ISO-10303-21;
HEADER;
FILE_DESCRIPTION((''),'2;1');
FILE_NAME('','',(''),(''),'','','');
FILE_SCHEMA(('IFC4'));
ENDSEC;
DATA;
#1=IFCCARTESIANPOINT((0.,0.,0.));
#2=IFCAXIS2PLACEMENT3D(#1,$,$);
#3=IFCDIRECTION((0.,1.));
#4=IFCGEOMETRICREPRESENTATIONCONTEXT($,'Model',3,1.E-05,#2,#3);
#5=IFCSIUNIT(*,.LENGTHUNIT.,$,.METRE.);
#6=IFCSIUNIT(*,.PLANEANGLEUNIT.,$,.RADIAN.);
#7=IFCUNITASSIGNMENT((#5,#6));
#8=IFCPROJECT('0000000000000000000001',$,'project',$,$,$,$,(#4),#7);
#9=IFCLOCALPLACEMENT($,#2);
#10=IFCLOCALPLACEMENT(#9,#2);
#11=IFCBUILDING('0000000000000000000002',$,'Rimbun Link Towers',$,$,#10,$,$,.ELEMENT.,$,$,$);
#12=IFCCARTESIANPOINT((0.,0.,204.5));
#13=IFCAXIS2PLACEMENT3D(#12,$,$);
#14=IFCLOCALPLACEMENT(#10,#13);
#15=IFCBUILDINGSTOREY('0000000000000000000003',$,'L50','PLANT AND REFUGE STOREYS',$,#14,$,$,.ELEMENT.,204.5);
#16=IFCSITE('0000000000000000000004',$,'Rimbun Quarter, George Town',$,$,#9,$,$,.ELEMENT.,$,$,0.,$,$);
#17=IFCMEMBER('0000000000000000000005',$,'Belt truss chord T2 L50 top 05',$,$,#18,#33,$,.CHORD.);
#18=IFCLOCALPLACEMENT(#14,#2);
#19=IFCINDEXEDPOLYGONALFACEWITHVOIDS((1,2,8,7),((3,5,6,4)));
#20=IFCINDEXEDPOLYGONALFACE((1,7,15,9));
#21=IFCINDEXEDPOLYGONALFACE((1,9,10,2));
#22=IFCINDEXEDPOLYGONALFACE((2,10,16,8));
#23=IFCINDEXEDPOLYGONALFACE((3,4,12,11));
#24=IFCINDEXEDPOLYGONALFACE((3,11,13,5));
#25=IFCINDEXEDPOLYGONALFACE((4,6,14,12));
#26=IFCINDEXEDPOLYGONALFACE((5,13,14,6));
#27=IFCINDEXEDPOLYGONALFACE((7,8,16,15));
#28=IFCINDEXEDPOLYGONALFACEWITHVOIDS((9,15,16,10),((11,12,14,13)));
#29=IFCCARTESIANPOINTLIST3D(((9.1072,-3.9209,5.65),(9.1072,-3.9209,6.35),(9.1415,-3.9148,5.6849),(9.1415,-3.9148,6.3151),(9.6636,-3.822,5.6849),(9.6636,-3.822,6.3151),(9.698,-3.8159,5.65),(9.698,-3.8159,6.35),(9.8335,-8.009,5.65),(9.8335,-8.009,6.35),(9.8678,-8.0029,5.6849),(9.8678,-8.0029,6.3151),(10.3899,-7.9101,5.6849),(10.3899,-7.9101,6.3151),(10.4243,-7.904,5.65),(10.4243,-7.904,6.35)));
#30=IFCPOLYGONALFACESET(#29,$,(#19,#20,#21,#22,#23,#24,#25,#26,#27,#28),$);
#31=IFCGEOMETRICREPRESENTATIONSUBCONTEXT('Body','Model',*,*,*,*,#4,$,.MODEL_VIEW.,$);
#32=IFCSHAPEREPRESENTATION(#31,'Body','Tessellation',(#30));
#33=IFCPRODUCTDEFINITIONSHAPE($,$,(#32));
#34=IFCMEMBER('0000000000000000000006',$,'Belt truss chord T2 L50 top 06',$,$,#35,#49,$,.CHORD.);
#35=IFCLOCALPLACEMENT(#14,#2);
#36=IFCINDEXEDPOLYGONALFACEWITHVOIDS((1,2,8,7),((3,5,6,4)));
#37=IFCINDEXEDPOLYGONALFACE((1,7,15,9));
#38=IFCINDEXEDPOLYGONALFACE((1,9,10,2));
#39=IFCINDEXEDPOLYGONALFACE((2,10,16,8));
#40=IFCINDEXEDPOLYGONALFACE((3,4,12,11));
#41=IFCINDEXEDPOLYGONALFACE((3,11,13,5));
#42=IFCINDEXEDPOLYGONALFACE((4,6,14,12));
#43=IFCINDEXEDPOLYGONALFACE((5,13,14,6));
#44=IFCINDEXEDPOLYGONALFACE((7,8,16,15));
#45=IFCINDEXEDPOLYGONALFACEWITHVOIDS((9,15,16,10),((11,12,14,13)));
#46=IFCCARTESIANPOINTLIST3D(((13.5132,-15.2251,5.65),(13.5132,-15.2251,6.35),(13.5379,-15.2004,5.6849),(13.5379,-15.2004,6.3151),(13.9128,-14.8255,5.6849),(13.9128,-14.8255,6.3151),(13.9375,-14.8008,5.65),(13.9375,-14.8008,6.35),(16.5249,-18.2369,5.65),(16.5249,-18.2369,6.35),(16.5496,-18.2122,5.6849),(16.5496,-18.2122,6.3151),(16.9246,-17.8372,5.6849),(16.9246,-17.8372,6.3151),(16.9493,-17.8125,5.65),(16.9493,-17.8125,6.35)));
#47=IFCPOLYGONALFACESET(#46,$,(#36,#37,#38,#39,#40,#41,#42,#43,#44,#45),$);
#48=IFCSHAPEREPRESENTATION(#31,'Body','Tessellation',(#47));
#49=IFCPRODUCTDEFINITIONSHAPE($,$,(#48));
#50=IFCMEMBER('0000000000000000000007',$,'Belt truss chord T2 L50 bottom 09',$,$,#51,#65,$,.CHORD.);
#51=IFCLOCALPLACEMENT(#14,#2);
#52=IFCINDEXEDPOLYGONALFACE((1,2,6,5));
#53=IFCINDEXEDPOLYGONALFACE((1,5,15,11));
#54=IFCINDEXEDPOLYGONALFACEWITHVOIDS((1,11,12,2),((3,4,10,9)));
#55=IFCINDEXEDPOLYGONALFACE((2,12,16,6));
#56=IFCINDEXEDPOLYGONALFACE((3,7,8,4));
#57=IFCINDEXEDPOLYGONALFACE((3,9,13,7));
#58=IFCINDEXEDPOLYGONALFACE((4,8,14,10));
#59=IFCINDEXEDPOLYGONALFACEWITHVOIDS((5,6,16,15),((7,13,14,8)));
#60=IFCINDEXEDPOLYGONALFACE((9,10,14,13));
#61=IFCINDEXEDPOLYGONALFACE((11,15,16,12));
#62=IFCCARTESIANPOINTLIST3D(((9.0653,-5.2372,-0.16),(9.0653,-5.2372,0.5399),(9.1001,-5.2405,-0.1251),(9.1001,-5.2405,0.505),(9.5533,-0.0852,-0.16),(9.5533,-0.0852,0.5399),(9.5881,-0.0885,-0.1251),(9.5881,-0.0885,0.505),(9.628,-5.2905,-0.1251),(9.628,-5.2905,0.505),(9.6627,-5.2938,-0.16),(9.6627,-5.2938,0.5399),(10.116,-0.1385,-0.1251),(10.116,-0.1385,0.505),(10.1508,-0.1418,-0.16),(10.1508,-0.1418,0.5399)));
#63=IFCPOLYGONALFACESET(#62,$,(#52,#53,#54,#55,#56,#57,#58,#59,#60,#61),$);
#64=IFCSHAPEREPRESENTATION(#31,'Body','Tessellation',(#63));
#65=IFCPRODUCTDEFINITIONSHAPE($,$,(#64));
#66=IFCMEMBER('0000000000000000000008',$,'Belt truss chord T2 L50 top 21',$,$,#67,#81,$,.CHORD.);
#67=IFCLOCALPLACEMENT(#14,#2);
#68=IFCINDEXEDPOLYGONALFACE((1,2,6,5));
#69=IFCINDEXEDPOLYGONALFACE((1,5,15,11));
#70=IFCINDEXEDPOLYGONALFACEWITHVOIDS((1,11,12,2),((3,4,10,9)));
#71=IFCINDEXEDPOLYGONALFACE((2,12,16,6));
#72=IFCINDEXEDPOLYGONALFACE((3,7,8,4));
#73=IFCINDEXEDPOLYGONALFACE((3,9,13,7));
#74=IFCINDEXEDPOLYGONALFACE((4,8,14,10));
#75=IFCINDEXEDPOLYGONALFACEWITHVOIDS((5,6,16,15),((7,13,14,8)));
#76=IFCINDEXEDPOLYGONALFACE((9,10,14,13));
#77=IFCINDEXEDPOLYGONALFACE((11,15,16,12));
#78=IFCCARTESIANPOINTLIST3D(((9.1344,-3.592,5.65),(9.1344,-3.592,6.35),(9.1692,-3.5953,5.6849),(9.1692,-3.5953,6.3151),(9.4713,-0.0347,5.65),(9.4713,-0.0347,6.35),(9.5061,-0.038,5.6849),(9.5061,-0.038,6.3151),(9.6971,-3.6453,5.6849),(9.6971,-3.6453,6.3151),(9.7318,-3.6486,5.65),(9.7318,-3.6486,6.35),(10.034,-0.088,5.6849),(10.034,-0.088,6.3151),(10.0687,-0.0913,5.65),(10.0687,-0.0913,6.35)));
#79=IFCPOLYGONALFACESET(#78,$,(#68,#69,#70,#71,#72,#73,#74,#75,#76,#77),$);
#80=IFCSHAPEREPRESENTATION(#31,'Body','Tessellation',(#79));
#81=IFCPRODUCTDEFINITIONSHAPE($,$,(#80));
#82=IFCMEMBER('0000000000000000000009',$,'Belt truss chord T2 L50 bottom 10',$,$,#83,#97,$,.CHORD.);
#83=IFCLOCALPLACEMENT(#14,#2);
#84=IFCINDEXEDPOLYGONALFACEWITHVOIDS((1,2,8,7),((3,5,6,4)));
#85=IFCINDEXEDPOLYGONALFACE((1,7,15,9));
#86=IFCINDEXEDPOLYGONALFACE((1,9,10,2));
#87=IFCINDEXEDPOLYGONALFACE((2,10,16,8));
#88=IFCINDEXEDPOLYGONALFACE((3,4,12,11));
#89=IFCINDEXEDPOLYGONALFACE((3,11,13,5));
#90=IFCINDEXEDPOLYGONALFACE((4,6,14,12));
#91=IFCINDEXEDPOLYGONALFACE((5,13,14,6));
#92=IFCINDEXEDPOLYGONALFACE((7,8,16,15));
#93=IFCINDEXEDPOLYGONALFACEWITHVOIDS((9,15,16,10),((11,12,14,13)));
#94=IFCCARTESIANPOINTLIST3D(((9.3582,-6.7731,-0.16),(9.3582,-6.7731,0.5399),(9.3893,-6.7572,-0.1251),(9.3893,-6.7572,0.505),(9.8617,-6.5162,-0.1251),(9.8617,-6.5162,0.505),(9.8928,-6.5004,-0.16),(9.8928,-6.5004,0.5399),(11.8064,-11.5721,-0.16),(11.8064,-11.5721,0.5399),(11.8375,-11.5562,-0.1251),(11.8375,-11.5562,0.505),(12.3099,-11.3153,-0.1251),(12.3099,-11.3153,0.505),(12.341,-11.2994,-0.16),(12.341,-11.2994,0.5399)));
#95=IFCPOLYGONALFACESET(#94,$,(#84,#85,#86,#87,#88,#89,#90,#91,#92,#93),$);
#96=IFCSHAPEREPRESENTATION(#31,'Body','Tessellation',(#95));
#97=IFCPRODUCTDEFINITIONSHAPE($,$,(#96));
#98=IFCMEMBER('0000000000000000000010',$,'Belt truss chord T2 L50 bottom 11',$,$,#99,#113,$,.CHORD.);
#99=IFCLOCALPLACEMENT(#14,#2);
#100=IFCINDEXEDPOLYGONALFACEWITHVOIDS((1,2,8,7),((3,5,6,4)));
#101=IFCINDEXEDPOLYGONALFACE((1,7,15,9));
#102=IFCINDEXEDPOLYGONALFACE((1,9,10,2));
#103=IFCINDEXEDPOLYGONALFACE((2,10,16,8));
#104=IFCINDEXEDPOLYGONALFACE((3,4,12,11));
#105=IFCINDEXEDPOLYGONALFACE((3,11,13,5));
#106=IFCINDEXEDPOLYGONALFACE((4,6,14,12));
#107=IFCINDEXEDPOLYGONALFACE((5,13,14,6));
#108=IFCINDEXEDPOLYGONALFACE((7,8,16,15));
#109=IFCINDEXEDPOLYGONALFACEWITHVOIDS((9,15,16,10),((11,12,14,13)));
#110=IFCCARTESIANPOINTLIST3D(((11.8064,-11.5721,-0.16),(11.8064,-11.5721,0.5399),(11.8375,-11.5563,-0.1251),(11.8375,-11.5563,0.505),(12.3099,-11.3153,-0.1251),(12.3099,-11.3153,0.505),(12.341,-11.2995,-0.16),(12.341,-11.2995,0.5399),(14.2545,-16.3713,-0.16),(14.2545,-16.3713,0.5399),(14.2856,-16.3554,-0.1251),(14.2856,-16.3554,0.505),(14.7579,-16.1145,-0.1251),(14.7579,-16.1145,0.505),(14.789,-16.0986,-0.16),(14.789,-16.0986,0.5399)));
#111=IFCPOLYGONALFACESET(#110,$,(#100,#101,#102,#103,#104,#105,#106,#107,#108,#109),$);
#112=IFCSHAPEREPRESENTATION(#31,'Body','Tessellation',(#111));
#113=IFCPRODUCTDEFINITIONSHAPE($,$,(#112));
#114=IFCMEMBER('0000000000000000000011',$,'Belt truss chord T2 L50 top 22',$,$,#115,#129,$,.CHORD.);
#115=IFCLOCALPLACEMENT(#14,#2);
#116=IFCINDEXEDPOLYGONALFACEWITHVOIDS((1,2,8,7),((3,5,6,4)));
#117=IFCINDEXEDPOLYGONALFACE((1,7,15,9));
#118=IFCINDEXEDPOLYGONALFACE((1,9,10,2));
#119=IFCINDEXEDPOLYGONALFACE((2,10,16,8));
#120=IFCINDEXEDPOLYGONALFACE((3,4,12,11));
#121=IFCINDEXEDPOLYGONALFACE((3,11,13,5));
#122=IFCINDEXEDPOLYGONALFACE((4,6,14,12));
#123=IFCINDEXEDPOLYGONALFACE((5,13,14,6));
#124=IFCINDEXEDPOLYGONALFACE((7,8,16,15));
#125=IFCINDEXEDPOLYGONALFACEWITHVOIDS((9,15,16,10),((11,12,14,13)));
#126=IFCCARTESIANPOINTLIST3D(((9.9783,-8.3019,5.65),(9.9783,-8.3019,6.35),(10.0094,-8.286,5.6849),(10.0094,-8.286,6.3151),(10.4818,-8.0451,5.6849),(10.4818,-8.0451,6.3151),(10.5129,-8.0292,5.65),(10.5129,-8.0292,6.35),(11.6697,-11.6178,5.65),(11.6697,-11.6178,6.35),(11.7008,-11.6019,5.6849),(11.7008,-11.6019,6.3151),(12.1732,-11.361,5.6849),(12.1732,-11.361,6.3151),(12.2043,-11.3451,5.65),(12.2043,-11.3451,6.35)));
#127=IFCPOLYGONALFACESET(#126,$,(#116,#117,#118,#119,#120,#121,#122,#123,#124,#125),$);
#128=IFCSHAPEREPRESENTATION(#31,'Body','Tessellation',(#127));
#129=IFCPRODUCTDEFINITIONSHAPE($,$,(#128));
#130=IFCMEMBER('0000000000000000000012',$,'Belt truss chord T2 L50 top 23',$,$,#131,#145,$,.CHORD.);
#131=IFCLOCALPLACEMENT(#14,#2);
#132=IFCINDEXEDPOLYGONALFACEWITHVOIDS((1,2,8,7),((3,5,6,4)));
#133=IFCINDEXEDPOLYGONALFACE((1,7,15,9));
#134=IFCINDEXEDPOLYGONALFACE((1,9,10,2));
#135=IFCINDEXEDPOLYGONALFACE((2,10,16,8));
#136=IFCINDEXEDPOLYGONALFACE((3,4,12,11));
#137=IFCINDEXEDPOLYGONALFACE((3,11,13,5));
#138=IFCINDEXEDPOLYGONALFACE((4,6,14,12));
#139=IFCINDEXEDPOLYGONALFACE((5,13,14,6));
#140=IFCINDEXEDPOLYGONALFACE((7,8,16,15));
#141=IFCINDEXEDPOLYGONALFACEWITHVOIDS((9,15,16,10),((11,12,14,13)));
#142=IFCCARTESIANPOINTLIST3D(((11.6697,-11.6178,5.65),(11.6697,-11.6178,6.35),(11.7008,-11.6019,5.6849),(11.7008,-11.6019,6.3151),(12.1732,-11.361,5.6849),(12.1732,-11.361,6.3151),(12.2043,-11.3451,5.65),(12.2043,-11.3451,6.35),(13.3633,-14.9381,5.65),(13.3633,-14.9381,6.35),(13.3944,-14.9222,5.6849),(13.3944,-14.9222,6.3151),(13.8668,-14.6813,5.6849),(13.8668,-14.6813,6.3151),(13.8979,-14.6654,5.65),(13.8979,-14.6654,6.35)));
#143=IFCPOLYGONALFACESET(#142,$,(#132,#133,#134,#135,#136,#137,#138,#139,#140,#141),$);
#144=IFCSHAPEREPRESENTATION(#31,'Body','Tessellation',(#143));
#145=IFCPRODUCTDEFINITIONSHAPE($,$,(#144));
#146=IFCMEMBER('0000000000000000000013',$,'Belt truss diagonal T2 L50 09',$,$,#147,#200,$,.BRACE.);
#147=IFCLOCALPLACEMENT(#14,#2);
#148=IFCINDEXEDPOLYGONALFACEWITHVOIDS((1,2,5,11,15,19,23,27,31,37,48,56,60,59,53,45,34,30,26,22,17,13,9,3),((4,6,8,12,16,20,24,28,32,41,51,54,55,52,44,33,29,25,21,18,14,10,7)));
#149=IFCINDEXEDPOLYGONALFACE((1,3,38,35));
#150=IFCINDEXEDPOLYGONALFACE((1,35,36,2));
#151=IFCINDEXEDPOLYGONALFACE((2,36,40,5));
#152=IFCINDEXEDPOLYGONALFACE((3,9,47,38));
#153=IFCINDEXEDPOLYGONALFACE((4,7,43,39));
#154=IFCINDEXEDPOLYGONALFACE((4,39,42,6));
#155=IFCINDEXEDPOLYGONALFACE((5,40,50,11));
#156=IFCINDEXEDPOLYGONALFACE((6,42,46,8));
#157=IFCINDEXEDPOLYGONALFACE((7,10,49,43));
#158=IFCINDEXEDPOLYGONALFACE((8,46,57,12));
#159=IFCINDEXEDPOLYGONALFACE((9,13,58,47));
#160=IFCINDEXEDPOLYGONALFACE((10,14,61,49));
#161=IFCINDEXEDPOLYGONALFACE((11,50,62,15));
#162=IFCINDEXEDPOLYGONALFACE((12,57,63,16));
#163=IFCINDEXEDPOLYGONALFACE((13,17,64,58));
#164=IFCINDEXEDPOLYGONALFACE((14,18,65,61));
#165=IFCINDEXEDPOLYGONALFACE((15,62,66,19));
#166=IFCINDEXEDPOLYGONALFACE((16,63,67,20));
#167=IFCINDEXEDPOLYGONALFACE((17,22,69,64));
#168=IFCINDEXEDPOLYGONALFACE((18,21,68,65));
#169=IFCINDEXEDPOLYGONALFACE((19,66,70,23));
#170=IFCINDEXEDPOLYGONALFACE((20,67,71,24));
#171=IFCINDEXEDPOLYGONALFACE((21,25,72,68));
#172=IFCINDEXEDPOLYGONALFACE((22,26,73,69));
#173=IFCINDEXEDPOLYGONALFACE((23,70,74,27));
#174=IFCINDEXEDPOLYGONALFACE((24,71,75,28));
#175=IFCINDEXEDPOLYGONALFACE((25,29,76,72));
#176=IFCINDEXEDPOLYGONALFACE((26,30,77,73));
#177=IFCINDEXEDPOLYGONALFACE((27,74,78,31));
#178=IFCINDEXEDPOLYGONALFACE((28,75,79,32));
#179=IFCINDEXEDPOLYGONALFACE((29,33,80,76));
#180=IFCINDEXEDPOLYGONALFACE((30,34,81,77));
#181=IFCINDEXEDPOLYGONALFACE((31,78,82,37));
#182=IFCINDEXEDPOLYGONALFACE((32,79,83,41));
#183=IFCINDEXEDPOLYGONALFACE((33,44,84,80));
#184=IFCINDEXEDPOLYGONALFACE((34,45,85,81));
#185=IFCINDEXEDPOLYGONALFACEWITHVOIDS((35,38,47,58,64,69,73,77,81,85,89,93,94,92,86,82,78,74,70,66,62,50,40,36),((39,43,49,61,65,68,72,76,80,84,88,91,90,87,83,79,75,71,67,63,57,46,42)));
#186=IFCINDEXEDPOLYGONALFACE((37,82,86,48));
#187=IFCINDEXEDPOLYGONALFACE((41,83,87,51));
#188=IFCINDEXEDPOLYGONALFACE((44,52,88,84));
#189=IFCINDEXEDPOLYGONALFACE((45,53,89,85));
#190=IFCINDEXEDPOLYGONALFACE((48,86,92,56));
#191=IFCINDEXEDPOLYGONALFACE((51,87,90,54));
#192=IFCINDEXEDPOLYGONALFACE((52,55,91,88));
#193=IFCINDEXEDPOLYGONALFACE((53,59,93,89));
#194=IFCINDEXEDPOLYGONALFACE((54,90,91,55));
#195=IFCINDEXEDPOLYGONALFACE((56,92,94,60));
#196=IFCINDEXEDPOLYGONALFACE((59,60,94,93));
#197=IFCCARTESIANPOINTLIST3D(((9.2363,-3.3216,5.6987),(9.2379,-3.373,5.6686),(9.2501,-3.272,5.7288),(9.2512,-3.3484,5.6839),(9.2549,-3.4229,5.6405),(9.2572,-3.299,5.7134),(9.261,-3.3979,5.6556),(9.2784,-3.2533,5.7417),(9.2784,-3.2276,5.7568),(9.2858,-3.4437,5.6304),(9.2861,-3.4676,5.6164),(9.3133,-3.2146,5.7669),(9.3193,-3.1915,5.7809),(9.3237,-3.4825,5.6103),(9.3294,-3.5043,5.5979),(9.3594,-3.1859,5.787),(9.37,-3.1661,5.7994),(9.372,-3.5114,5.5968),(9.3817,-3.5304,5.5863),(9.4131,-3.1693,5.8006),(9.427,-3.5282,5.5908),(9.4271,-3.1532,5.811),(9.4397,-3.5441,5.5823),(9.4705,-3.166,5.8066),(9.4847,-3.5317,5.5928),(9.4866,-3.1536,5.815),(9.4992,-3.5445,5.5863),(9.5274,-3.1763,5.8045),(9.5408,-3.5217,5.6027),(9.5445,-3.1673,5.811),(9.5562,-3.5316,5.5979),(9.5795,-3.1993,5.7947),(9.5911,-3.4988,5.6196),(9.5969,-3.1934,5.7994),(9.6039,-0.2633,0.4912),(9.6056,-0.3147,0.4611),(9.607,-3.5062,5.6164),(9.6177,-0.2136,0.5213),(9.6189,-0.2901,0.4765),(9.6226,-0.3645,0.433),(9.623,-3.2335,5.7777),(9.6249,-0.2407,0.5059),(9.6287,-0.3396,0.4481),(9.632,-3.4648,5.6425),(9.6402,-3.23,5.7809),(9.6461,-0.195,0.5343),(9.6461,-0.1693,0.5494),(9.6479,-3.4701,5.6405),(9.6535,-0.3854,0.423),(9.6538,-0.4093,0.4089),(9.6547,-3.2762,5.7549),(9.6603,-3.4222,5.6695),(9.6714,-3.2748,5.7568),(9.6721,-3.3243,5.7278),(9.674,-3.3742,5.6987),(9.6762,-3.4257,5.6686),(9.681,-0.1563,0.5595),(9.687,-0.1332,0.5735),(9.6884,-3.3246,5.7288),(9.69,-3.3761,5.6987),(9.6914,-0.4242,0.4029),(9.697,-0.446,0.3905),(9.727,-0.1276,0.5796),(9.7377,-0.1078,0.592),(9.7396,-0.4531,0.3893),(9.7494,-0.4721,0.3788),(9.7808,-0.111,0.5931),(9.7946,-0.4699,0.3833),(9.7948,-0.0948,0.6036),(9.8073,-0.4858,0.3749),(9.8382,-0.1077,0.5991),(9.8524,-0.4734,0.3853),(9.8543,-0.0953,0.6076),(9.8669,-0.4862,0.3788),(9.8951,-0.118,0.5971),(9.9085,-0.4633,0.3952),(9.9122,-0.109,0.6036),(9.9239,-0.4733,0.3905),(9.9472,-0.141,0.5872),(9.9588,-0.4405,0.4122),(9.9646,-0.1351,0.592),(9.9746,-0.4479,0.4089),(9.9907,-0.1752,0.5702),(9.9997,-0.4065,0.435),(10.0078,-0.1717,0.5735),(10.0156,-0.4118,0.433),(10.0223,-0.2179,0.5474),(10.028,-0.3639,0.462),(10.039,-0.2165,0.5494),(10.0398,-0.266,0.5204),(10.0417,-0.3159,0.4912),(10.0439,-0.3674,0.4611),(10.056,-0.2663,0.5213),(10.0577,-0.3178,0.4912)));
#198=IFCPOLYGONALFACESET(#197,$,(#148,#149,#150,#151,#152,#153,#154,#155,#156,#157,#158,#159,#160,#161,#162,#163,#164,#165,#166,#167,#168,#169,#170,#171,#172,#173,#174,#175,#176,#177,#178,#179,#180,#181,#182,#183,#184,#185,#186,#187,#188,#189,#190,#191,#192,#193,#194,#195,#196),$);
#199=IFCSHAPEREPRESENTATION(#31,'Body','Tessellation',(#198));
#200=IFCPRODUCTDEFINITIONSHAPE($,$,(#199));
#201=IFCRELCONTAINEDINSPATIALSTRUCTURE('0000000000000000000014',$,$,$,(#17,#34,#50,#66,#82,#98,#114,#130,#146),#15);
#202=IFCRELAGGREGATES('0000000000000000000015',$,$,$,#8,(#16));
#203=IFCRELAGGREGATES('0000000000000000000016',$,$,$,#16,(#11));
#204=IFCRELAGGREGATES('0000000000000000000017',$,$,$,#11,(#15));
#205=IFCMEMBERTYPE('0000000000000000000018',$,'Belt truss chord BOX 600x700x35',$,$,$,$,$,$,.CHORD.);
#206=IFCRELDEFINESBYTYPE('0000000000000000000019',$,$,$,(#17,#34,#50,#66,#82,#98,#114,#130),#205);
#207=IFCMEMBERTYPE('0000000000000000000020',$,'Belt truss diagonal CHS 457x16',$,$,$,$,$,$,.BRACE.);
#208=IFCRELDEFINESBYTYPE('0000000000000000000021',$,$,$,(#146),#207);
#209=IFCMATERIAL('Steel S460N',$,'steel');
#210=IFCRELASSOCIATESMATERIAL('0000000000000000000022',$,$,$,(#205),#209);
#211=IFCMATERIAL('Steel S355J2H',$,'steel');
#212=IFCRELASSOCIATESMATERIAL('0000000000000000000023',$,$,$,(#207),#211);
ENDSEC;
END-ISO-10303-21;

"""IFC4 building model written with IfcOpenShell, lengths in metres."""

from ifc_helpers import new_model, si_unit, direction, frame, origin, origin_2d, place, context, subcontext, project, spatial, hollow_rectangle, hollow_circle, extrude, material, material_profile, profile_set, type_object, element, save


model = new_model("IFC4")

# Units and contexts
model_context = context("Model", 3, precision=1e-05, world=origin(), true_north=direction((0.0, 1.0)))
body_context = subcontext(model_context, "Body", "Model", "MODEL_VIEW")
ifc_project = project(units=[si_unit("LENGTHUNIT", "METRE"), si_unit("PLANEANGLEUNIT", "RADIAN")], contexts=[model_context])

# Site, building, storey
site_placement = place(None, origin())
site = spatial("IfcSite", under=ifc_project, at=site_placement, Name="Rimbun Quarter, George Town", CompositionType="ELEMENT", RefElevation=0.0)
building_placement = place(site_placement, origin())
building = spatial("IfcBuilding", under=site, at=building_placement, Name="Rimbun Link Towers", CompositionType="ELEMENT")
storey_placement = place(building_placement, frame((0.0, 0.0, 204.5)))
storey = spatial("IfcBuildingStorey", under=building, at=storey_placement, Name="L50", Description="PLANT AND REFUGE STOREYS", CompositionType="ELEMENT", Elevation=204.5)

# Members
ifc_material_1 = material(Name="Steel S460N", Category="steel")
ifc_material_profile_1 = material_profile(ifc_material_1, hollow_rectangle(XDim=0.6001, YDim=0.7, WallThickness=0.0349, at=origin_2d()), Name="Belt truss chord BOX 600x700x35")
ifc_profile_set_1 = profile_set([ifc_material_profile_1], Name="Steel S460N")
member_type_1 = type_object("IfcMemberType", Name="Belt truss chord BOX 600x700x35", PredefinedType="CHORD", material=ifc_profile_set_1)
member_1_placement = place(storey_placement, frame((9.4026, -3.8684, 6.0), z_axis=(0.174926, -0.984582, 0.0), x_axis=(0.984582, 0.174926, 0.0)))
element("IfcMember", 1, at=member_1_placement, inside=storey, type_object=member_type_1, Name="Belt truss chord T2 L50 top 05", PredefinedType="CHORD", context=body_context, shape_type="SweptSolid", body=[
    extrude(hollow_rectangle(XDim=0.6001, YDim=0.7, WallThickness=0.0349, at=origin_2d()), origin(), (0.0, 0.0, 1.0), 4.1521),
])
member_2_placement = place(storey_placement, frame((13.7253, -15.0129, 6.0), z_axis=(0.707107, -0.707107, 0.0), x_axis=(0.707107, 0.707107, 0.0)))
element("IfcMember", 2, at=member_2_placement, inside=storey, type_object=member_type_1, Name="Belt truss chord T2 L50 top 06", PredefinedType="CHORD", context=body_context, shape_type="SweptSolid", body=[
    extrude(hollow_rectangle(XDim=0.6001, YDim=0.7, WallThickness=0.0349, at=origin_2d()), origin(), (0.0, 0.0, 1.0), 4.2593),
])
member_3_placement = place(storey_placement, frame((9.8521, -0.1135, 0.1899), z_axis=(-0.094304, -0.995543, 0.0), x_axis=(0.995543, -0.094304, 0.0)))
element("IfcMember", 3, at=member_3_placement, inside=storey, type_object=member_type_1, Name="Belt truss chord T2 L50 bottom 09", PredefinedType="CHORD", context=body_context, shape_type="SweptSolid", body=[
    extrude(hollow_rectangle(XDim=0.6001, YDim=0.7, WallThickness=0.0349, at=origin_2d()), origin(), (0.0, 0.0, 1.0), 5.175),
])
member_4_placement = place(storey_placement, frame((9.77, -0.063, 6.0), z_axis=(-0.094287, -0.995545, 0.0), x_axis=(0.995545, -0.094287, 0.0)))
element("IfcMember", 4, at=member_4_placement, inside=storey, type_object=member_type_1, Name="Belt truss chord T2 L50 top 21", PredefinedType="CHORD", context=body_context, shape_type="SweptSolid", body=[
    extrude(hollow_rectangle(XDim=0.6001, YDim=0.7, WallThickness=0.0349, at=origin_2d()), origin(), (0.0, 0.0, 1.0), 3.5732),
])
for number, where, z_axis, x_axis, name in (
    (5, (9.6255, -6.6367, 0.1899), (0.454431, -0.890782, 0.0), (0.890782, 0.454431, 0.0), "Belt truss chord T2 L50 bottom 10"),
    (6, (12.0737, -11.4358, 0.1899), (0.454395, -0.8908, 0.0), (0.8908, 0.454395, 0.0), "Belt truss chord T2 L50 bottom 11"),
):
    element("IfcMember", number, at=place(storey_placement, frame(where, z_axis=z_axis, x_axis=x_axis)), inside=storey, type_object=member_type_1, Name=name, PredefinedType="CHORD", context=body_context, shape_type="SweptSolid", body=[
        extrude(hollow_rectangle(XDim=0.6001, YDim=0.7, WallThickness=0.0349, at=origin_2d()), origin(), (0.0, 0.0, 1.0), 5.3875),
    ])
member_5_placement = place(storey_placement, frame((10.2456, -8.1655, 6.0), z_axis=(0.454387, -0.890804, 0.0), x_axis=(0.890804, 0.454387, 0.0)))
element("IfcMember", 7, at=member_5_placement, inside=storey, type_object=member_type_1, Name="Belt truss chord T2 L50 top 22", PredefinedType="CHORD", context=body_context, shape_type="SweptSolid", body=[
    extrude(hollow_rectangle(XDim=0.6001, YDim=0.7, WallThickness=0.0349, at=origin_2d()), origin(), (0.0, 0.0, 1.0), 3.7224),
])
member_6_placement = place(storey_placement, frame((11.937, -11.4814, 6.0), z_axis=(0.454378, -0.890809, 0.0), x_axis=(0.890809, 0.454378, 0.0)))
element("IfcMember", 8, at=member_6_placement, inside=storey, type_object=member_type_1, Name="Belt truss chord T2 L50 top 23", PredefinedType="CHORD", context=body_context, shape_type="SweptSolid", body=[
    extrude(hollow_rectangle(XDim=0.6001, YDim=0.7, WallThickness=0.0349, at=origin_2d()), origin(), (0.0, 0.0, 1.0), 3.7273),
])
ifc_material_2 = material(Name="Steel S355J2H", Category="steel")
ifc_material_profile_2 = material_profile(ifc_material_2, hollow_circle(Radius=0.2285, WallThickness=0.0161, at=origin_2d()), Name="Belt truss diagonal CHS 457x16")
ifc_profile_set_2 = profile_set([ifc_material_profile_2], Name="Steel S355J2H")
member_type_2 = type_object("IfcMemberType", Name="Belt truss diagonal CHS 457x16", PredefinedType="BRACE", material=ifc_profile_set_2)
member_7_placement = place(storey_placement, frame((9.8308, -0.2905, 0.4912), z_axis=(-0.060769, -0.505482, 0.860695), x_axis=(0.992851, -0.119361, 0.0)))
element("IfcMember", 9, at=member_7_placement, inside=storey, type_object=member_type_2, Name="Belt truss diagonal T2 L50 09", PredefinedType="BRACE", context=body_context, shape_type="SweptSolid", body=[
    extrude(hollow_circle(Radius=0.2285, WallThickness=0.0161, at=origin_2d()), origin(), (0.0, 0.0, 1.0), 6.0503),
])

save(model, "model.ifc")
